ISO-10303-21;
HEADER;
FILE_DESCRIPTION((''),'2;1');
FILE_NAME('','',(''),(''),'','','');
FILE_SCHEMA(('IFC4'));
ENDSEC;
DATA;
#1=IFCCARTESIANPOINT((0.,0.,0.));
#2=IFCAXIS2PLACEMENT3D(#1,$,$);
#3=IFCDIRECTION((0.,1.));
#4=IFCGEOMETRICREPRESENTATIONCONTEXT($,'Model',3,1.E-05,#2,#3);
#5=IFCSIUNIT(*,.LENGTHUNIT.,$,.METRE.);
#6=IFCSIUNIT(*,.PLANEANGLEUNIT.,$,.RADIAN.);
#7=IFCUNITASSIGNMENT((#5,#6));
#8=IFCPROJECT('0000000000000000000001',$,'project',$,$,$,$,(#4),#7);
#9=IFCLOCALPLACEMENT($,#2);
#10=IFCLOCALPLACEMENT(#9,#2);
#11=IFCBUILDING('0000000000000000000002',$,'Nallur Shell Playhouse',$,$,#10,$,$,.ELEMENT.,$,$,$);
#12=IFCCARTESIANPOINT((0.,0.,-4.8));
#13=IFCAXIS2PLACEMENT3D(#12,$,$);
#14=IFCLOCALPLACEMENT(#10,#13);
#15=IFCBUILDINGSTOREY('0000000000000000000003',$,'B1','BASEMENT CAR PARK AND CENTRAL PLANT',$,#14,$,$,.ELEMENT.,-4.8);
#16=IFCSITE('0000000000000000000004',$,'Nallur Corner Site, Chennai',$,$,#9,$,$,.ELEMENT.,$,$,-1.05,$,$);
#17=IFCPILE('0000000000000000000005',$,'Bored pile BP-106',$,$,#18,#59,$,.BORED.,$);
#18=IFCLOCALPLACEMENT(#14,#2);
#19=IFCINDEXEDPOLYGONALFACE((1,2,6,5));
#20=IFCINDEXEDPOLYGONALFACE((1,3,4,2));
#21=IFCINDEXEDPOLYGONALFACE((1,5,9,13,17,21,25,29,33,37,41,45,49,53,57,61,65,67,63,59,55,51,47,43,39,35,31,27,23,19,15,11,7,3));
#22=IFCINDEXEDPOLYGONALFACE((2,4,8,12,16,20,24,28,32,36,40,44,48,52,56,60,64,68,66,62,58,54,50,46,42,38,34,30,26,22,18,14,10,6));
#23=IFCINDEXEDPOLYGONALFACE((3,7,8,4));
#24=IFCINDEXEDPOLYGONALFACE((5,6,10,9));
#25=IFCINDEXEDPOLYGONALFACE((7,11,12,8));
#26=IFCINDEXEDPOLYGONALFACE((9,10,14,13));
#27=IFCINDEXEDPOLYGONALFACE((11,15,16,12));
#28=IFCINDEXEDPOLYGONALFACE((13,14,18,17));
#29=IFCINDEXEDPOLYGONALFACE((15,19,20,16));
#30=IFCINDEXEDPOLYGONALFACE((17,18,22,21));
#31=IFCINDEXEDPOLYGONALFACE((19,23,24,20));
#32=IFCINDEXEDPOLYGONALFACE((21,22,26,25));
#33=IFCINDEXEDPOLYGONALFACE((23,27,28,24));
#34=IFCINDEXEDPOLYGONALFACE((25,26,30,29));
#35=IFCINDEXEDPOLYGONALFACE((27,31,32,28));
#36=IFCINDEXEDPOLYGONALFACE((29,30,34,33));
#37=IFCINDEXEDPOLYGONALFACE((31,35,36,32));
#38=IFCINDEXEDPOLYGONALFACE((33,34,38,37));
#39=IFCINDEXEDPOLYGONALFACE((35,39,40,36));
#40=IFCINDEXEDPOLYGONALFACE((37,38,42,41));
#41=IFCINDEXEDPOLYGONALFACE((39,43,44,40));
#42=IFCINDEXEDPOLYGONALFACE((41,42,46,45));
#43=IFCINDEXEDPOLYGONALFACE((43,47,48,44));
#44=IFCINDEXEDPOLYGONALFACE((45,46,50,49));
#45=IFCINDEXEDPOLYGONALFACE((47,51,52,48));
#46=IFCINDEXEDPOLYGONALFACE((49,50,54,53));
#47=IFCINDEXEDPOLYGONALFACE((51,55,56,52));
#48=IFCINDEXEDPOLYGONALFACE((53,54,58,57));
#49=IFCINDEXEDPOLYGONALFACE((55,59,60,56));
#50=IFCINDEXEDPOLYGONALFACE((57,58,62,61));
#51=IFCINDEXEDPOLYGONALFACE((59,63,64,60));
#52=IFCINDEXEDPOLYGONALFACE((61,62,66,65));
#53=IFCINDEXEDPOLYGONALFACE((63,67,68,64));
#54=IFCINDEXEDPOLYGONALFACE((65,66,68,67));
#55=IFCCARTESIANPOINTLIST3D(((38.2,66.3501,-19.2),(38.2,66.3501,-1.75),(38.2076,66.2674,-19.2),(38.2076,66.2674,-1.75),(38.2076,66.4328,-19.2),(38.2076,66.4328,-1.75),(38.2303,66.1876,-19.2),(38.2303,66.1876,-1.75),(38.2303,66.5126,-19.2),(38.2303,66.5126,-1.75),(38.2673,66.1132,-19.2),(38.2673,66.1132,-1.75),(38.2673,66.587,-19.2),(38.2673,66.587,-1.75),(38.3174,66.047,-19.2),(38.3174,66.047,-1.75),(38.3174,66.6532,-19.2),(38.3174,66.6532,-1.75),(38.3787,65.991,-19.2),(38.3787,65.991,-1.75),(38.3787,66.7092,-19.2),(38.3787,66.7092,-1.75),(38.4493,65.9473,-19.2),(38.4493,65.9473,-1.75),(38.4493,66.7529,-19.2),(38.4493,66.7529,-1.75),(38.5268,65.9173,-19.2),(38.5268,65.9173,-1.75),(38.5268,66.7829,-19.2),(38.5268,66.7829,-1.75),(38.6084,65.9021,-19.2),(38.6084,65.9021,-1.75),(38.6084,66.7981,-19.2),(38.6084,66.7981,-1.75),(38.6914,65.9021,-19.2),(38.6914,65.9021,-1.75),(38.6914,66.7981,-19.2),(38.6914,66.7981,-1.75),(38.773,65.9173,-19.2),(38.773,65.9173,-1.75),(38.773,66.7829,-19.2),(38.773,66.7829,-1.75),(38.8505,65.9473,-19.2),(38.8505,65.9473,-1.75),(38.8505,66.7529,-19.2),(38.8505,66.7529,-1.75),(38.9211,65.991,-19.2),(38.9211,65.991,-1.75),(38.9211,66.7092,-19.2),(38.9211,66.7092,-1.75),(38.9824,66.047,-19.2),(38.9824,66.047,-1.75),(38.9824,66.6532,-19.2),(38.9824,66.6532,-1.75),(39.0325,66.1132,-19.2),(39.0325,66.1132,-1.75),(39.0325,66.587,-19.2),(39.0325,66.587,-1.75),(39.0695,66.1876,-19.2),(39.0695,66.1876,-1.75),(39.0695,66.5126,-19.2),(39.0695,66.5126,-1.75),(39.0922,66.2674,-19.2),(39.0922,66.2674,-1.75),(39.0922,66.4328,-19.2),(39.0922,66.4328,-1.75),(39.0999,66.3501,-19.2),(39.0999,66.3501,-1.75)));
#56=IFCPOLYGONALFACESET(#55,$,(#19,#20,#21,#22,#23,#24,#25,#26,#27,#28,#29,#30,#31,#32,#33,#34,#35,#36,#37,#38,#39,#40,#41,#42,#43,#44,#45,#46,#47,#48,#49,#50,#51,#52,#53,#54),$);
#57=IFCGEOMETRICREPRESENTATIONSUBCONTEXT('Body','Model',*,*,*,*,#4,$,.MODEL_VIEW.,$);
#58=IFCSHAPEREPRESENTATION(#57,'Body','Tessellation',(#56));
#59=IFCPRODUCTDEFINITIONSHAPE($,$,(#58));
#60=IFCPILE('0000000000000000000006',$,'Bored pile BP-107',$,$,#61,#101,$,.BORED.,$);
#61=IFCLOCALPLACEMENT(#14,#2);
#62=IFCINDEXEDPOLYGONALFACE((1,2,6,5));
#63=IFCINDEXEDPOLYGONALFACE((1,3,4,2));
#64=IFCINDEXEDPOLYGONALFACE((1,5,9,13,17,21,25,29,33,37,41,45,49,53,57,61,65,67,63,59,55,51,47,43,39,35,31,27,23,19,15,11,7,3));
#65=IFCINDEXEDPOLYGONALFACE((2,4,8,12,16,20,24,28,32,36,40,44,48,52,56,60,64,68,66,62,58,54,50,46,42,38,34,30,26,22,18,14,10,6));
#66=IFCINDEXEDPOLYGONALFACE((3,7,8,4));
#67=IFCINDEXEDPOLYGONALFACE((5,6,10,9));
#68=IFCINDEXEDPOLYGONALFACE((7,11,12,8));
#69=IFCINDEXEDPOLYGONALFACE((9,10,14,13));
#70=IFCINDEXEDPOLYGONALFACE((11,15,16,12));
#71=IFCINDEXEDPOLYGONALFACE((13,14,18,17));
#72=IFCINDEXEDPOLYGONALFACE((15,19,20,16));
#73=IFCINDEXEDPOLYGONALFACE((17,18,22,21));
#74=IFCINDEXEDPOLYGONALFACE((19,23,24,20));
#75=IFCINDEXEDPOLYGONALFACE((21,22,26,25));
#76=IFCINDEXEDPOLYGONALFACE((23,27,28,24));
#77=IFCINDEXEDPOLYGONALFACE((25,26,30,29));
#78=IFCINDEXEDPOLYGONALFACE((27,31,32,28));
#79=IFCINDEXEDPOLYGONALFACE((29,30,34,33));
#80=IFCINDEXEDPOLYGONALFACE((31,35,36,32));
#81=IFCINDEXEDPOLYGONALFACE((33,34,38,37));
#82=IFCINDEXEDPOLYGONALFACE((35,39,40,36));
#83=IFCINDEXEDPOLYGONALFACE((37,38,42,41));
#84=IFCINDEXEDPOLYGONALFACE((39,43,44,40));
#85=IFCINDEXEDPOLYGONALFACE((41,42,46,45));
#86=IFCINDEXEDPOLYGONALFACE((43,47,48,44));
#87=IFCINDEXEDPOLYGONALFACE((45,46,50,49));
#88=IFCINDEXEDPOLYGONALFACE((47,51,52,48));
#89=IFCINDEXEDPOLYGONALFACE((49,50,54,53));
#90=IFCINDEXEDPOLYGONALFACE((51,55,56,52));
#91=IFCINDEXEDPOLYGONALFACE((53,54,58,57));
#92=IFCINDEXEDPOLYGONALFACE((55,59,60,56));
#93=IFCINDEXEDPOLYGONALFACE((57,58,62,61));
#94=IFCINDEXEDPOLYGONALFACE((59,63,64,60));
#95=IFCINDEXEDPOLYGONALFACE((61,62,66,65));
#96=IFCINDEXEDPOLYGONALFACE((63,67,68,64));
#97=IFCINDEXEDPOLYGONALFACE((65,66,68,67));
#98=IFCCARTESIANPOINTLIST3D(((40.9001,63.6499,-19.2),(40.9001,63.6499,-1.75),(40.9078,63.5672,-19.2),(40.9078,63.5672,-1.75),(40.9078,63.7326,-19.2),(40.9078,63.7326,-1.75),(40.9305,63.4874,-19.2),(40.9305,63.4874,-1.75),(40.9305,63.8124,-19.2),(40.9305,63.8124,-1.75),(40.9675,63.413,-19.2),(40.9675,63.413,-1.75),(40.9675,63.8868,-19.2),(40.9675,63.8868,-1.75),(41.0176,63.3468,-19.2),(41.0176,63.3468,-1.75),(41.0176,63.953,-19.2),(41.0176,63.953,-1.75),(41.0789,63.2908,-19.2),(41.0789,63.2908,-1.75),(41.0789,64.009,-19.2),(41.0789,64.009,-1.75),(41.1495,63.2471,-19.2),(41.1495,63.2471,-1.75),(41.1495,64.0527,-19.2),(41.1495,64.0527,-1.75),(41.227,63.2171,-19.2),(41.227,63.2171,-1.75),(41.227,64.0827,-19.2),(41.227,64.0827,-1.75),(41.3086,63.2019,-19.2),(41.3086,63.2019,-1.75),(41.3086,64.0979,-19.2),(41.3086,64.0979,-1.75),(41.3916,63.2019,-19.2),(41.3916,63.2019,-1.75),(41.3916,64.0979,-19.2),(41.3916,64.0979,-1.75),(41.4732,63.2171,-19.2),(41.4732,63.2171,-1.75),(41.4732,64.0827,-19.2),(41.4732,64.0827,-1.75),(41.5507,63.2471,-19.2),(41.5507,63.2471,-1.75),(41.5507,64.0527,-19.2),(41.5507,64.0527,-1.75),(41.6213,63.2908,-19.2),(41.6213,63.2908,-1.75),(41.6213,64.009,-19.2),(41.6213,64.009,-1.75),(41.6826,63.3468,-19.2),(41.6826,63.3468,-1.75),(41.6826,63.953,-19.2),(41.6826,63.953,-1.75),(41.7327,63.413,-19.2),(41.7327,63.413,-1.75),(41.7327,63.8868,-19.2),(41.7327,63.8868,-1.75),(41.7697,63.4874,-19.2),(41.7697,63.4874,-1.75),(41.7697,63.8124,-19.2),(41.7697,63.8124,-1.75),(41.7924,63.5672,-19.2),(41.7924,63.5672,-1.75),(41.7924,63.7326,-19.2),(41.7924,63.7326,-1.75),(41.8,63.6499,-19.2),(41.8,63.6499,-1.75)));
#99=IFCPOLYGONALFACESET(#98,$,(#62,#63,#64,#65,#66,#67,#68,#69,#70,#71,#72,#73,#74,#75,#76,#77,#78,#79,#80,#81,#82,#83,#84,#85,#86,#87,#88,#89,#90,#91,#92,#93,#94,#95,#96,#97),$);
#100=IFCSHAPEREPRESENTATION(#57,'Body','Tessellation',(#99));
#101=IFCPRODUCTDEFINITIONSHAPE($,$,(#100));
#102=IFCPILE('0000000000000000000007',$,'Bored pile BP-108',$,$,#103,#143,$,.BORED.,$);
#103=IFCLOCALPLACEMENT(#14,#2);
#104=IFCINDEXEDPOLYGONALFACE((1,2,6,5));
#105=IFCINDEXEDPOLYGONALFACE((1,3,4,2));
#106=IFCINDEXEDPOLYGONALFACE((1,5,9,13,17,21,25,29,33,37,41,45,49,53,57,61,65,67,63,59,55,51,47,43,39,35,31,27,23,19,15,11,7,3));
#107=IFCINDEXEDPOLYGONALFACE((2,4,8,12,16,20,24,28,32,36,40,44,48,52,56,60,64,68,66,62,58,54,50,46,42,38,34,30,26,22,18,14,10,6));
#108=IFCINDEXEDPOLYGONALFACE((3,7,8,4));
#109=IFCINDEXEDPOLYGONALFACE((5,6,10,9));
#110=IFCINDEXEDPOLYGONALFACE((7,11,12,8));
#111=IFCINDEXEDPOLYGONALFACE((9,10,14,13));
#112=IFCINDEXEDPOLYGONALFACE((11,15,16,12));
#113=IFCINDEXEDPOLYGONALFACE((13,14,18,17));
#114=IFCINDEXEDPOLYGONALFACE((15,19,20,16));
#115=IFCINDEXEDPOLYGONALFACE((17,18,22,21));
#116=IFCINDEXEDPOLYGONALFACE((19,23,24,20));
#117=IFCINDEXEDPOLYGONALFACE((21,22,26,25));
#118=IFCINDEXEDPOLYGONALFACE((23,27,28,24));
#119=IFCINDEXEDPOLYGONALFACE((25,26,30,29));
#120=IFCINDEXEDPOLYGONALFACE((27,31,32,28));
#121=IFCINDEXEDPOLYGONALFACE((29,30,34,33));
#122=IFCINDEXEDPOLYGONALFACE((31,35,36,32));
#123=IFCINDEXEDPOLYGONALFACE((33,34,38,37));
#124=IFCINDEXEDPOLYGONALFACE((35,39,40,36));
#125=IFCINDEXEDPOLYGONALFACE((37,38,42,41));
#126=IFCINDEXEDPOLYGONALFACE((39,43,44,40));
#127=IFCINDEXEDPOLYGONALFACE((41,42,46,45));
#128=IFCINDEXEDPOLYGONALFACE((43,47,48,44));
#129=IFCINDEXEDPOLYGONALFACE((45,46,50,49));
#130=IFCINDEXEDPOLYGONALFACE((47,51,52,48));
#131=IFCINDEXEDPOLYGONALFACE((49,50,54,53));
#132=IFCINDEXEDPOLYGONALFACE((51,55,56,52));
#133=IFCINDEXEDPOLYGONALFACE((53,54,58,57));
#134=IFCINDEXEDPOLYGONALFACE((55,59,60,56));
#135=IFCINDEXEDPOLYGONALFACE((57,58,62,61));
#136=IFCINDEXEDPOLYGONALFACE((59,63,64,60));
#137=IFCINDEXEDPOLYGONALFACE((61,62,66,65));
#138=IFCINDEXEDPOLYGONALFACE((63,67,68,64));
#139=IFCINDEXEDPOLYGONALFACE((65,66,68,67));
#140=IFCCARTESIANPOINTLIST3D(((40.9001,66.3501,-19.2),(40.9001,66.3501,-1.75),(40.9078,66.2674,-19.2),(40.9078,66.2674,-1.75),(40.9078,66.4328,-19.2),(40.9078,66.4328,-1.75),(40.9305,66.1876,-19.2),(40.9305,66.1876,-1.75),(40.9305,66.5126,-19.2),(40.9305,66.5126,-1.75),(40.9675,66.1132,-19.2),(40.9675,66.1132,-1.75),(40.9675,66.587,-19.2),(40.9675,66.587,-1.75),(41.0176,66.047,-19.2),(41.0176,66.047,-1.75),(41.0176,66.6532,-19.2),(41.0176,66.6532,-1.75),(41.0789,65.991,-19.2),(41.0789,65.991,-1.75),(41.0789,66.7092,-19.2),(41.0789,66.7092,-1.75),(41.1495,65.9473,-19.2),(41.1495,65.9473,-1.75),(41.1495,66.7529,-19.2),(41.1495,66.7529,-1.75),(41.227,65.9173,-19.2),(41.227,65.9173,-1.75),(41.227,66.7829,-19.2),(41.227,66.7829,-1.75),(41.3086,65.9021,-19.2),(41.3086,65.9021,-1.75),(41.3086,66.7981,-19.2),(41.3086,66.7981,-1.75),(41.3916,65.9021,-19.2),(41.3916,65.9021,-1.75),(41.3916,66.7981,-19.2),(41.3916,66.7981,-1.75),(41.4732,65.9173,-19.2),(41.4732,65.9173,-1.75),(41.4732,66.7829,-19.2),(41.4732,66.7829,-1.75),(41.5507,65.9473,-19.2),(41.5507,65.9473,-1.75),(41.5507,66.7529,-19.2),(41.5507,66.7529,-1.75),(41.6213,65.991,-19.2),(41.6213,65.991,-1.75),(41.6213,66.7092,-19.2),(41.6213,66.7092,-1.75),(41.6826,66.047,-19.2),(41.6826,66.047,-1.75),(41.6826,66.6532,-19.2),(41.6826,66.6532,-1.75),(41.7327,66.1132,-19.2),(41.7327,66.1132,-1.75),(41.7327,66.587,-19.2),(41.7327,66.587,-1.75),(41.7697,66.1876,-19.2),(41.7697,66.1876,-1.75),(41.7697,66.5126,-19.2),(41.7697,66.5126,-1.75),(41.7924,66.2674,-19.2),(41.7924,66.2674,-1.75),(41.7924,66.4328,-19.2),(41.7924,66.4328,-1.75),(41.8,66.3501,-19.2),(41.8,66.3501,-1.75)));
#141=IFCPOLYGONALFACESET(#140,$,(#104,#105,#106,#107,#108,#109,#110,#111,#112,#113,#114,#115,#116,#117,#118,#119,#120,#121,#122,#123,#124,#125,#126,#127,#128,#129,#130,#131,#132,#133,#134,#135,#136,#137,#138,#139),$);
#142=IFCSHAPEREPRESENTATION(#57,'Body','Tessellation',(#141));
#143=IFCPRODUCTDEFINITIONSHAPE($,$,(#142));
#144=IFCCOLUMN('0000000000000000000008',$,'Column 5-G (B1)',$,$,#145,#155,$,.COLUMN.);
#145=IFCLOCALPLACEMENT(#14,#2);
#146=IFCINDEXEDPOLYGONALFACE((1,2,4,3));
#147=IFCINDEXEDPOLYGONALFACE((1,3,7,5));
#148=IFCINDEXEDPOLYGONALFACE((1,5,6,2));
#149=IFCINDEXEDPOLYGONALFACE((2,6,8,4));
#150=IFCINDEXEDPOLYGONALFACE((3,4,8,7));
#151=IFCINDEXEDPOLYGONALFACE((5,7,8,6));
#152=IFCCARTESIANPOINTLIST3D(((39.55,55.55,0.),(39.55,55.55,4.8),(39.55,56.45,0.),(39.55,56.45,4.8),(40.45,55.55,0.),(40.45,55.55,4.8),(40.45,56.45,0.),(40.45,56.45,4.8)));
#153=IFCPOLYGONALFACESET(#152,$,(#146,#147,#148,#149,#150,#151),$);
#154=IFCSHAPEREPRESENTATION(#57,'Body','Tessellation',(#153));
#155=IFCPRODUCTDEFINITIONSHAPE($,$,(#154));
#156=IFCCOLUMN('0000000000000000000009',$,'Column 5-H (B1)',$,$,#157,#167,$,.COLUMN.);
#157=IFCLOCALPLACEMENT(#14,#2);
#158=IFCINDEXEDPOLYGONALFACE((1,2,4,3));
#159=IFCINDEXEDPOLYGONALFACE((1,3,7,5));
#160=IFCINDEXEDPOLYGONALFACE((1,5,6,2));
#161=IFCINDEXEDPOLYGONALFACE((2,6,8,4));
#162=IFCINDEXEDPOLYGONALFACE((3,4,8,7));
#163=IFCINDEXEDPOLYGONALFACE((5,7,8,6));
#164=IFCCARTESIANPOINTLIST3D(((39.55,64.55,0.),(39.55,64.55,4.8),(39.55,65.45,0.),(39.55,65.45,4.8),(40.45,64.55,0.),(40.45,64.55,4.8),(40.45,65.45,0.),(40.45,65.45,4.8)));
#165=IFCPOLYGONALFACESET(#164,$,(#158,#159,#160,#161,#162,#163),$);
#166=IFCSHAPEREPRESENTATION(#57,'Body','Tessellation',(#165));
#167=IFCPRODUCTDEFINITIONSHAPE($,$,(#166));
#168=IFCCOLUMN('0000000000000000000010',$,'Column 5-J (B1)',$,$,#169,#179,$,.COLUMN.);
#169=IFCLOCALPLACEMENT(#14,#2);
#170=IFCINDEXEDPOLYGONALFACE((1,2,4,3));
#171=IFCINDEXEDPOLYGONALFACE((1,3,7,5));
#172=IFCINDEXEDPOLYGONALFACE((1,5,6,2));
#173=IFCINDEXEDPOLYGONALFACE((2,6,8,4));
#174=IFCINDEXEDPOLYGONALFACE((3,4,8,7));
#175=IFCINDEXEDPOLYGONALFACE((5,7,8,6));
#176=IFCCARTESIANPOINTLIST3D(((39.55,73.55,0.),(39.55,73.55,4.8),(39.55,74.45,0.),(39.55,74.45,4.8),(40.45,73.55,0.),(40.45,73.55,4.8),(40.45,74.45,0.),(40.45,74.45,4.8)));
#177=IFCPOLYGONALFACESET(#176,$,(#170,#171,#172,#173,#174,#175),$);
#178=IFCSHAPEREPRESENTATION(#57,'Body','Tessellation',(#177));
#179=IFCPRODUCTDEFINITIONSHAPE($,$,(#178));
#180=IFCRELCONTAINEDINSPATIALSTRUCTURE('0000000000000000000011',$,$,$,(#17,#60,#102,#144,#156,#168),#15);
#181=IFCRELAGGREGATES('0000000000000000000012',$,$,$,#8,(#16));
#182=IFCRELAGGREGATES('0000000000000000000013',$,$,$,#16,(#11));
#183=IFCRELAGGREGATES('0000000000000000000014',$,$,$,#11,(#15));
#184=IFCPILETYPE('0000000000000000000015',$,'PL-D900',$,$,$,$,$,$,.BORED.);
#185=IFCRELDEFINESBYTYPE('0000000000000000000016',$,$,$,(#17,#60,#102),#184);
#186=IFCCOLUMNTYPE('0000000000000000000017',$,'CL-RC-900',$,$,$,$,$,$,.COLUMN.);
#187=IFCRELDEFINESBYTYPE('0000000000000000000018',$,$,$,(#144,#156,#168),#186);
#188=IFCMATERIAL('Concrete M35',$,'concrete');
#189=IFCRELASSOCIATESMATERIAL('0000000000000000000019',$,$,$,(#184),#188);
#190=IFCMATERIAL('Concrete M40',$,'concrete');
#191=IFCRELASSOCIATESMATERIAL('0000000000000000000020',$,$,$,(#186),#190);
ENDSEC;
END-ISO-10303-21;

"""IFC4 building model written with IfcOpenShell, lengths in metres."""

from ifc_helpers import new_model, si_unit, direction, frame, origin, origin_2d, place, context, subcontext, project, spatial, rectangle, circle, extrude, material, material_profile, profile_set, type_object, element, save


model = new_model("IFC4")

# Units and contexts
model_context = context("Model", 3, precision=1e-05, world=origin(), true_north=direction((0.0, 1.0)))
body_context = subcontext(model_context, "Body", "Model", "MODEL_VIEW")
ifc_project = project(units=[si_unit("LENGTHUNIT", "METRE"), si_unit("PLANEANGLEUNIT", "RADIAN")], contexts=[model_context])

# Site, building, storey
site_placement = place(None, origin())
site = spatial("IfcSite", under=ifc_project, at=site_placement, Name="Nallur Corner Site, Chennai", CompositionType="ELEMENT", RefElevation=-1.05)
building_placement = place(site_placement, origin())
building = spatial("IfcBuilding", under=site, at=building_placement, Name="Nallur Shell Playhouse", CompositionType="ELEMENT")
storey_placement = place(building_placement, frame((0.0, 0.0, -4.8)))
storey = spatial("IfcBuildingStorey", under=building, at=storey_placement, Name="B1", Description="BASEMENT CAR PARK AND CENTRAL PLANT", CompositionType="ELEMENT", Elevation=-4.8)

# Shared definitions
ifc_material_1 = material(Name="Concrete M35", Category="concrete")

# Piles
ifc_material_profile_1 = material_profile(ifc_material_1, circle(Radius=0.45, at=origin_2d()), Name="BORED PILE D900")
ifc_profile_set_1 = profile_set([ifc_material_profile_1], Name="Concrete M35")
pile_type_1 = type_object("IfcPileType", Name="PL-D900", PredefinedType="BORED", material=ifc_profile_set_1)
for number, where, z_axis, x_axis, name in (
    (1, (38.6499, 66.3501, -1.75), (0.0, 0.0, -1.0), (1.0, 0.0, 0.0), "Bored pile BP-106"),
    (2, (41.3501, 63.6499, -1.75), (0.0, 0.0, -1.0), (1.0, 0.0, 0.0), "Bored pile BP-107"),
    (3, (41.3501, 66.3501, -1.75), (0.0, 0.0, -1.0), (1.0, 0.0, 0.0), "Bored pile BP-108"),
):
    element("IfcPile", number, at=place(storey_placement, frame(where, z_axis=z_axis, x_axis=x_axis)), inside=storey, type_object=pile_type_1, Name=name, PredefinedType="BORED", context=body_context, shape_type="SweptSolid", body=[
        extrude(circle(Radius=0.45, at=origin_2d()), origin(), (0.0, 0.0, 1.0), 17.45),
    ])

# Columns
ifc_material_2 = material(Name="Concrete M40", Category="concrete")
ifc_material_profile_2 = material_profile(ifc_material_2, rectangle(XDim=0.8999, YDim=0.8999, at=origin_2d()), Name="RC 900x900")
ifc_profile_set_2 = profile_set([ifc_material_profile_2], Name="Concrete M40")
column_type_1 = type_object("IfcColumnType", Name="CL-RC-900", PredefinedType="COLUMN", material=ifc_profile_set_2)
for number, where, z_axis, x_axis, name in (
    (4, (40.0, 56.0, 0.0), (0.0, 0.0, 1.0), (1.0, 0.0, 0.0), "Column 5-G (B1)"),
    (5, (40.0, 65.0, 0.0), (0.0, 0.0, 1.0), (1.0, 0.0, 0.0), "Column 5-H (B1)"),
    (6, (40.0, 74.0, 0.0), (0.0, 0.0, 1.0), (1.0, 0.0, 0.0), "Column 5-J (B1)"),
):
    element("IfcColumn", number, at=place(storey_placement, frame(where, z_axis=z_axis, x_axis=x_axis)), inside=storey, type_object=column_type_1, Name=name, PredefinedType="COLUMN", context=body_context, shape_type="SweptSolid", body=[
        extrude(rectangle(XDim=0.8999, YDim=0.8999, at=origin_2d()), origin(), (0.0, 0.0, 1.0), 4.8),
    ])

save(model, "model.ifc")
